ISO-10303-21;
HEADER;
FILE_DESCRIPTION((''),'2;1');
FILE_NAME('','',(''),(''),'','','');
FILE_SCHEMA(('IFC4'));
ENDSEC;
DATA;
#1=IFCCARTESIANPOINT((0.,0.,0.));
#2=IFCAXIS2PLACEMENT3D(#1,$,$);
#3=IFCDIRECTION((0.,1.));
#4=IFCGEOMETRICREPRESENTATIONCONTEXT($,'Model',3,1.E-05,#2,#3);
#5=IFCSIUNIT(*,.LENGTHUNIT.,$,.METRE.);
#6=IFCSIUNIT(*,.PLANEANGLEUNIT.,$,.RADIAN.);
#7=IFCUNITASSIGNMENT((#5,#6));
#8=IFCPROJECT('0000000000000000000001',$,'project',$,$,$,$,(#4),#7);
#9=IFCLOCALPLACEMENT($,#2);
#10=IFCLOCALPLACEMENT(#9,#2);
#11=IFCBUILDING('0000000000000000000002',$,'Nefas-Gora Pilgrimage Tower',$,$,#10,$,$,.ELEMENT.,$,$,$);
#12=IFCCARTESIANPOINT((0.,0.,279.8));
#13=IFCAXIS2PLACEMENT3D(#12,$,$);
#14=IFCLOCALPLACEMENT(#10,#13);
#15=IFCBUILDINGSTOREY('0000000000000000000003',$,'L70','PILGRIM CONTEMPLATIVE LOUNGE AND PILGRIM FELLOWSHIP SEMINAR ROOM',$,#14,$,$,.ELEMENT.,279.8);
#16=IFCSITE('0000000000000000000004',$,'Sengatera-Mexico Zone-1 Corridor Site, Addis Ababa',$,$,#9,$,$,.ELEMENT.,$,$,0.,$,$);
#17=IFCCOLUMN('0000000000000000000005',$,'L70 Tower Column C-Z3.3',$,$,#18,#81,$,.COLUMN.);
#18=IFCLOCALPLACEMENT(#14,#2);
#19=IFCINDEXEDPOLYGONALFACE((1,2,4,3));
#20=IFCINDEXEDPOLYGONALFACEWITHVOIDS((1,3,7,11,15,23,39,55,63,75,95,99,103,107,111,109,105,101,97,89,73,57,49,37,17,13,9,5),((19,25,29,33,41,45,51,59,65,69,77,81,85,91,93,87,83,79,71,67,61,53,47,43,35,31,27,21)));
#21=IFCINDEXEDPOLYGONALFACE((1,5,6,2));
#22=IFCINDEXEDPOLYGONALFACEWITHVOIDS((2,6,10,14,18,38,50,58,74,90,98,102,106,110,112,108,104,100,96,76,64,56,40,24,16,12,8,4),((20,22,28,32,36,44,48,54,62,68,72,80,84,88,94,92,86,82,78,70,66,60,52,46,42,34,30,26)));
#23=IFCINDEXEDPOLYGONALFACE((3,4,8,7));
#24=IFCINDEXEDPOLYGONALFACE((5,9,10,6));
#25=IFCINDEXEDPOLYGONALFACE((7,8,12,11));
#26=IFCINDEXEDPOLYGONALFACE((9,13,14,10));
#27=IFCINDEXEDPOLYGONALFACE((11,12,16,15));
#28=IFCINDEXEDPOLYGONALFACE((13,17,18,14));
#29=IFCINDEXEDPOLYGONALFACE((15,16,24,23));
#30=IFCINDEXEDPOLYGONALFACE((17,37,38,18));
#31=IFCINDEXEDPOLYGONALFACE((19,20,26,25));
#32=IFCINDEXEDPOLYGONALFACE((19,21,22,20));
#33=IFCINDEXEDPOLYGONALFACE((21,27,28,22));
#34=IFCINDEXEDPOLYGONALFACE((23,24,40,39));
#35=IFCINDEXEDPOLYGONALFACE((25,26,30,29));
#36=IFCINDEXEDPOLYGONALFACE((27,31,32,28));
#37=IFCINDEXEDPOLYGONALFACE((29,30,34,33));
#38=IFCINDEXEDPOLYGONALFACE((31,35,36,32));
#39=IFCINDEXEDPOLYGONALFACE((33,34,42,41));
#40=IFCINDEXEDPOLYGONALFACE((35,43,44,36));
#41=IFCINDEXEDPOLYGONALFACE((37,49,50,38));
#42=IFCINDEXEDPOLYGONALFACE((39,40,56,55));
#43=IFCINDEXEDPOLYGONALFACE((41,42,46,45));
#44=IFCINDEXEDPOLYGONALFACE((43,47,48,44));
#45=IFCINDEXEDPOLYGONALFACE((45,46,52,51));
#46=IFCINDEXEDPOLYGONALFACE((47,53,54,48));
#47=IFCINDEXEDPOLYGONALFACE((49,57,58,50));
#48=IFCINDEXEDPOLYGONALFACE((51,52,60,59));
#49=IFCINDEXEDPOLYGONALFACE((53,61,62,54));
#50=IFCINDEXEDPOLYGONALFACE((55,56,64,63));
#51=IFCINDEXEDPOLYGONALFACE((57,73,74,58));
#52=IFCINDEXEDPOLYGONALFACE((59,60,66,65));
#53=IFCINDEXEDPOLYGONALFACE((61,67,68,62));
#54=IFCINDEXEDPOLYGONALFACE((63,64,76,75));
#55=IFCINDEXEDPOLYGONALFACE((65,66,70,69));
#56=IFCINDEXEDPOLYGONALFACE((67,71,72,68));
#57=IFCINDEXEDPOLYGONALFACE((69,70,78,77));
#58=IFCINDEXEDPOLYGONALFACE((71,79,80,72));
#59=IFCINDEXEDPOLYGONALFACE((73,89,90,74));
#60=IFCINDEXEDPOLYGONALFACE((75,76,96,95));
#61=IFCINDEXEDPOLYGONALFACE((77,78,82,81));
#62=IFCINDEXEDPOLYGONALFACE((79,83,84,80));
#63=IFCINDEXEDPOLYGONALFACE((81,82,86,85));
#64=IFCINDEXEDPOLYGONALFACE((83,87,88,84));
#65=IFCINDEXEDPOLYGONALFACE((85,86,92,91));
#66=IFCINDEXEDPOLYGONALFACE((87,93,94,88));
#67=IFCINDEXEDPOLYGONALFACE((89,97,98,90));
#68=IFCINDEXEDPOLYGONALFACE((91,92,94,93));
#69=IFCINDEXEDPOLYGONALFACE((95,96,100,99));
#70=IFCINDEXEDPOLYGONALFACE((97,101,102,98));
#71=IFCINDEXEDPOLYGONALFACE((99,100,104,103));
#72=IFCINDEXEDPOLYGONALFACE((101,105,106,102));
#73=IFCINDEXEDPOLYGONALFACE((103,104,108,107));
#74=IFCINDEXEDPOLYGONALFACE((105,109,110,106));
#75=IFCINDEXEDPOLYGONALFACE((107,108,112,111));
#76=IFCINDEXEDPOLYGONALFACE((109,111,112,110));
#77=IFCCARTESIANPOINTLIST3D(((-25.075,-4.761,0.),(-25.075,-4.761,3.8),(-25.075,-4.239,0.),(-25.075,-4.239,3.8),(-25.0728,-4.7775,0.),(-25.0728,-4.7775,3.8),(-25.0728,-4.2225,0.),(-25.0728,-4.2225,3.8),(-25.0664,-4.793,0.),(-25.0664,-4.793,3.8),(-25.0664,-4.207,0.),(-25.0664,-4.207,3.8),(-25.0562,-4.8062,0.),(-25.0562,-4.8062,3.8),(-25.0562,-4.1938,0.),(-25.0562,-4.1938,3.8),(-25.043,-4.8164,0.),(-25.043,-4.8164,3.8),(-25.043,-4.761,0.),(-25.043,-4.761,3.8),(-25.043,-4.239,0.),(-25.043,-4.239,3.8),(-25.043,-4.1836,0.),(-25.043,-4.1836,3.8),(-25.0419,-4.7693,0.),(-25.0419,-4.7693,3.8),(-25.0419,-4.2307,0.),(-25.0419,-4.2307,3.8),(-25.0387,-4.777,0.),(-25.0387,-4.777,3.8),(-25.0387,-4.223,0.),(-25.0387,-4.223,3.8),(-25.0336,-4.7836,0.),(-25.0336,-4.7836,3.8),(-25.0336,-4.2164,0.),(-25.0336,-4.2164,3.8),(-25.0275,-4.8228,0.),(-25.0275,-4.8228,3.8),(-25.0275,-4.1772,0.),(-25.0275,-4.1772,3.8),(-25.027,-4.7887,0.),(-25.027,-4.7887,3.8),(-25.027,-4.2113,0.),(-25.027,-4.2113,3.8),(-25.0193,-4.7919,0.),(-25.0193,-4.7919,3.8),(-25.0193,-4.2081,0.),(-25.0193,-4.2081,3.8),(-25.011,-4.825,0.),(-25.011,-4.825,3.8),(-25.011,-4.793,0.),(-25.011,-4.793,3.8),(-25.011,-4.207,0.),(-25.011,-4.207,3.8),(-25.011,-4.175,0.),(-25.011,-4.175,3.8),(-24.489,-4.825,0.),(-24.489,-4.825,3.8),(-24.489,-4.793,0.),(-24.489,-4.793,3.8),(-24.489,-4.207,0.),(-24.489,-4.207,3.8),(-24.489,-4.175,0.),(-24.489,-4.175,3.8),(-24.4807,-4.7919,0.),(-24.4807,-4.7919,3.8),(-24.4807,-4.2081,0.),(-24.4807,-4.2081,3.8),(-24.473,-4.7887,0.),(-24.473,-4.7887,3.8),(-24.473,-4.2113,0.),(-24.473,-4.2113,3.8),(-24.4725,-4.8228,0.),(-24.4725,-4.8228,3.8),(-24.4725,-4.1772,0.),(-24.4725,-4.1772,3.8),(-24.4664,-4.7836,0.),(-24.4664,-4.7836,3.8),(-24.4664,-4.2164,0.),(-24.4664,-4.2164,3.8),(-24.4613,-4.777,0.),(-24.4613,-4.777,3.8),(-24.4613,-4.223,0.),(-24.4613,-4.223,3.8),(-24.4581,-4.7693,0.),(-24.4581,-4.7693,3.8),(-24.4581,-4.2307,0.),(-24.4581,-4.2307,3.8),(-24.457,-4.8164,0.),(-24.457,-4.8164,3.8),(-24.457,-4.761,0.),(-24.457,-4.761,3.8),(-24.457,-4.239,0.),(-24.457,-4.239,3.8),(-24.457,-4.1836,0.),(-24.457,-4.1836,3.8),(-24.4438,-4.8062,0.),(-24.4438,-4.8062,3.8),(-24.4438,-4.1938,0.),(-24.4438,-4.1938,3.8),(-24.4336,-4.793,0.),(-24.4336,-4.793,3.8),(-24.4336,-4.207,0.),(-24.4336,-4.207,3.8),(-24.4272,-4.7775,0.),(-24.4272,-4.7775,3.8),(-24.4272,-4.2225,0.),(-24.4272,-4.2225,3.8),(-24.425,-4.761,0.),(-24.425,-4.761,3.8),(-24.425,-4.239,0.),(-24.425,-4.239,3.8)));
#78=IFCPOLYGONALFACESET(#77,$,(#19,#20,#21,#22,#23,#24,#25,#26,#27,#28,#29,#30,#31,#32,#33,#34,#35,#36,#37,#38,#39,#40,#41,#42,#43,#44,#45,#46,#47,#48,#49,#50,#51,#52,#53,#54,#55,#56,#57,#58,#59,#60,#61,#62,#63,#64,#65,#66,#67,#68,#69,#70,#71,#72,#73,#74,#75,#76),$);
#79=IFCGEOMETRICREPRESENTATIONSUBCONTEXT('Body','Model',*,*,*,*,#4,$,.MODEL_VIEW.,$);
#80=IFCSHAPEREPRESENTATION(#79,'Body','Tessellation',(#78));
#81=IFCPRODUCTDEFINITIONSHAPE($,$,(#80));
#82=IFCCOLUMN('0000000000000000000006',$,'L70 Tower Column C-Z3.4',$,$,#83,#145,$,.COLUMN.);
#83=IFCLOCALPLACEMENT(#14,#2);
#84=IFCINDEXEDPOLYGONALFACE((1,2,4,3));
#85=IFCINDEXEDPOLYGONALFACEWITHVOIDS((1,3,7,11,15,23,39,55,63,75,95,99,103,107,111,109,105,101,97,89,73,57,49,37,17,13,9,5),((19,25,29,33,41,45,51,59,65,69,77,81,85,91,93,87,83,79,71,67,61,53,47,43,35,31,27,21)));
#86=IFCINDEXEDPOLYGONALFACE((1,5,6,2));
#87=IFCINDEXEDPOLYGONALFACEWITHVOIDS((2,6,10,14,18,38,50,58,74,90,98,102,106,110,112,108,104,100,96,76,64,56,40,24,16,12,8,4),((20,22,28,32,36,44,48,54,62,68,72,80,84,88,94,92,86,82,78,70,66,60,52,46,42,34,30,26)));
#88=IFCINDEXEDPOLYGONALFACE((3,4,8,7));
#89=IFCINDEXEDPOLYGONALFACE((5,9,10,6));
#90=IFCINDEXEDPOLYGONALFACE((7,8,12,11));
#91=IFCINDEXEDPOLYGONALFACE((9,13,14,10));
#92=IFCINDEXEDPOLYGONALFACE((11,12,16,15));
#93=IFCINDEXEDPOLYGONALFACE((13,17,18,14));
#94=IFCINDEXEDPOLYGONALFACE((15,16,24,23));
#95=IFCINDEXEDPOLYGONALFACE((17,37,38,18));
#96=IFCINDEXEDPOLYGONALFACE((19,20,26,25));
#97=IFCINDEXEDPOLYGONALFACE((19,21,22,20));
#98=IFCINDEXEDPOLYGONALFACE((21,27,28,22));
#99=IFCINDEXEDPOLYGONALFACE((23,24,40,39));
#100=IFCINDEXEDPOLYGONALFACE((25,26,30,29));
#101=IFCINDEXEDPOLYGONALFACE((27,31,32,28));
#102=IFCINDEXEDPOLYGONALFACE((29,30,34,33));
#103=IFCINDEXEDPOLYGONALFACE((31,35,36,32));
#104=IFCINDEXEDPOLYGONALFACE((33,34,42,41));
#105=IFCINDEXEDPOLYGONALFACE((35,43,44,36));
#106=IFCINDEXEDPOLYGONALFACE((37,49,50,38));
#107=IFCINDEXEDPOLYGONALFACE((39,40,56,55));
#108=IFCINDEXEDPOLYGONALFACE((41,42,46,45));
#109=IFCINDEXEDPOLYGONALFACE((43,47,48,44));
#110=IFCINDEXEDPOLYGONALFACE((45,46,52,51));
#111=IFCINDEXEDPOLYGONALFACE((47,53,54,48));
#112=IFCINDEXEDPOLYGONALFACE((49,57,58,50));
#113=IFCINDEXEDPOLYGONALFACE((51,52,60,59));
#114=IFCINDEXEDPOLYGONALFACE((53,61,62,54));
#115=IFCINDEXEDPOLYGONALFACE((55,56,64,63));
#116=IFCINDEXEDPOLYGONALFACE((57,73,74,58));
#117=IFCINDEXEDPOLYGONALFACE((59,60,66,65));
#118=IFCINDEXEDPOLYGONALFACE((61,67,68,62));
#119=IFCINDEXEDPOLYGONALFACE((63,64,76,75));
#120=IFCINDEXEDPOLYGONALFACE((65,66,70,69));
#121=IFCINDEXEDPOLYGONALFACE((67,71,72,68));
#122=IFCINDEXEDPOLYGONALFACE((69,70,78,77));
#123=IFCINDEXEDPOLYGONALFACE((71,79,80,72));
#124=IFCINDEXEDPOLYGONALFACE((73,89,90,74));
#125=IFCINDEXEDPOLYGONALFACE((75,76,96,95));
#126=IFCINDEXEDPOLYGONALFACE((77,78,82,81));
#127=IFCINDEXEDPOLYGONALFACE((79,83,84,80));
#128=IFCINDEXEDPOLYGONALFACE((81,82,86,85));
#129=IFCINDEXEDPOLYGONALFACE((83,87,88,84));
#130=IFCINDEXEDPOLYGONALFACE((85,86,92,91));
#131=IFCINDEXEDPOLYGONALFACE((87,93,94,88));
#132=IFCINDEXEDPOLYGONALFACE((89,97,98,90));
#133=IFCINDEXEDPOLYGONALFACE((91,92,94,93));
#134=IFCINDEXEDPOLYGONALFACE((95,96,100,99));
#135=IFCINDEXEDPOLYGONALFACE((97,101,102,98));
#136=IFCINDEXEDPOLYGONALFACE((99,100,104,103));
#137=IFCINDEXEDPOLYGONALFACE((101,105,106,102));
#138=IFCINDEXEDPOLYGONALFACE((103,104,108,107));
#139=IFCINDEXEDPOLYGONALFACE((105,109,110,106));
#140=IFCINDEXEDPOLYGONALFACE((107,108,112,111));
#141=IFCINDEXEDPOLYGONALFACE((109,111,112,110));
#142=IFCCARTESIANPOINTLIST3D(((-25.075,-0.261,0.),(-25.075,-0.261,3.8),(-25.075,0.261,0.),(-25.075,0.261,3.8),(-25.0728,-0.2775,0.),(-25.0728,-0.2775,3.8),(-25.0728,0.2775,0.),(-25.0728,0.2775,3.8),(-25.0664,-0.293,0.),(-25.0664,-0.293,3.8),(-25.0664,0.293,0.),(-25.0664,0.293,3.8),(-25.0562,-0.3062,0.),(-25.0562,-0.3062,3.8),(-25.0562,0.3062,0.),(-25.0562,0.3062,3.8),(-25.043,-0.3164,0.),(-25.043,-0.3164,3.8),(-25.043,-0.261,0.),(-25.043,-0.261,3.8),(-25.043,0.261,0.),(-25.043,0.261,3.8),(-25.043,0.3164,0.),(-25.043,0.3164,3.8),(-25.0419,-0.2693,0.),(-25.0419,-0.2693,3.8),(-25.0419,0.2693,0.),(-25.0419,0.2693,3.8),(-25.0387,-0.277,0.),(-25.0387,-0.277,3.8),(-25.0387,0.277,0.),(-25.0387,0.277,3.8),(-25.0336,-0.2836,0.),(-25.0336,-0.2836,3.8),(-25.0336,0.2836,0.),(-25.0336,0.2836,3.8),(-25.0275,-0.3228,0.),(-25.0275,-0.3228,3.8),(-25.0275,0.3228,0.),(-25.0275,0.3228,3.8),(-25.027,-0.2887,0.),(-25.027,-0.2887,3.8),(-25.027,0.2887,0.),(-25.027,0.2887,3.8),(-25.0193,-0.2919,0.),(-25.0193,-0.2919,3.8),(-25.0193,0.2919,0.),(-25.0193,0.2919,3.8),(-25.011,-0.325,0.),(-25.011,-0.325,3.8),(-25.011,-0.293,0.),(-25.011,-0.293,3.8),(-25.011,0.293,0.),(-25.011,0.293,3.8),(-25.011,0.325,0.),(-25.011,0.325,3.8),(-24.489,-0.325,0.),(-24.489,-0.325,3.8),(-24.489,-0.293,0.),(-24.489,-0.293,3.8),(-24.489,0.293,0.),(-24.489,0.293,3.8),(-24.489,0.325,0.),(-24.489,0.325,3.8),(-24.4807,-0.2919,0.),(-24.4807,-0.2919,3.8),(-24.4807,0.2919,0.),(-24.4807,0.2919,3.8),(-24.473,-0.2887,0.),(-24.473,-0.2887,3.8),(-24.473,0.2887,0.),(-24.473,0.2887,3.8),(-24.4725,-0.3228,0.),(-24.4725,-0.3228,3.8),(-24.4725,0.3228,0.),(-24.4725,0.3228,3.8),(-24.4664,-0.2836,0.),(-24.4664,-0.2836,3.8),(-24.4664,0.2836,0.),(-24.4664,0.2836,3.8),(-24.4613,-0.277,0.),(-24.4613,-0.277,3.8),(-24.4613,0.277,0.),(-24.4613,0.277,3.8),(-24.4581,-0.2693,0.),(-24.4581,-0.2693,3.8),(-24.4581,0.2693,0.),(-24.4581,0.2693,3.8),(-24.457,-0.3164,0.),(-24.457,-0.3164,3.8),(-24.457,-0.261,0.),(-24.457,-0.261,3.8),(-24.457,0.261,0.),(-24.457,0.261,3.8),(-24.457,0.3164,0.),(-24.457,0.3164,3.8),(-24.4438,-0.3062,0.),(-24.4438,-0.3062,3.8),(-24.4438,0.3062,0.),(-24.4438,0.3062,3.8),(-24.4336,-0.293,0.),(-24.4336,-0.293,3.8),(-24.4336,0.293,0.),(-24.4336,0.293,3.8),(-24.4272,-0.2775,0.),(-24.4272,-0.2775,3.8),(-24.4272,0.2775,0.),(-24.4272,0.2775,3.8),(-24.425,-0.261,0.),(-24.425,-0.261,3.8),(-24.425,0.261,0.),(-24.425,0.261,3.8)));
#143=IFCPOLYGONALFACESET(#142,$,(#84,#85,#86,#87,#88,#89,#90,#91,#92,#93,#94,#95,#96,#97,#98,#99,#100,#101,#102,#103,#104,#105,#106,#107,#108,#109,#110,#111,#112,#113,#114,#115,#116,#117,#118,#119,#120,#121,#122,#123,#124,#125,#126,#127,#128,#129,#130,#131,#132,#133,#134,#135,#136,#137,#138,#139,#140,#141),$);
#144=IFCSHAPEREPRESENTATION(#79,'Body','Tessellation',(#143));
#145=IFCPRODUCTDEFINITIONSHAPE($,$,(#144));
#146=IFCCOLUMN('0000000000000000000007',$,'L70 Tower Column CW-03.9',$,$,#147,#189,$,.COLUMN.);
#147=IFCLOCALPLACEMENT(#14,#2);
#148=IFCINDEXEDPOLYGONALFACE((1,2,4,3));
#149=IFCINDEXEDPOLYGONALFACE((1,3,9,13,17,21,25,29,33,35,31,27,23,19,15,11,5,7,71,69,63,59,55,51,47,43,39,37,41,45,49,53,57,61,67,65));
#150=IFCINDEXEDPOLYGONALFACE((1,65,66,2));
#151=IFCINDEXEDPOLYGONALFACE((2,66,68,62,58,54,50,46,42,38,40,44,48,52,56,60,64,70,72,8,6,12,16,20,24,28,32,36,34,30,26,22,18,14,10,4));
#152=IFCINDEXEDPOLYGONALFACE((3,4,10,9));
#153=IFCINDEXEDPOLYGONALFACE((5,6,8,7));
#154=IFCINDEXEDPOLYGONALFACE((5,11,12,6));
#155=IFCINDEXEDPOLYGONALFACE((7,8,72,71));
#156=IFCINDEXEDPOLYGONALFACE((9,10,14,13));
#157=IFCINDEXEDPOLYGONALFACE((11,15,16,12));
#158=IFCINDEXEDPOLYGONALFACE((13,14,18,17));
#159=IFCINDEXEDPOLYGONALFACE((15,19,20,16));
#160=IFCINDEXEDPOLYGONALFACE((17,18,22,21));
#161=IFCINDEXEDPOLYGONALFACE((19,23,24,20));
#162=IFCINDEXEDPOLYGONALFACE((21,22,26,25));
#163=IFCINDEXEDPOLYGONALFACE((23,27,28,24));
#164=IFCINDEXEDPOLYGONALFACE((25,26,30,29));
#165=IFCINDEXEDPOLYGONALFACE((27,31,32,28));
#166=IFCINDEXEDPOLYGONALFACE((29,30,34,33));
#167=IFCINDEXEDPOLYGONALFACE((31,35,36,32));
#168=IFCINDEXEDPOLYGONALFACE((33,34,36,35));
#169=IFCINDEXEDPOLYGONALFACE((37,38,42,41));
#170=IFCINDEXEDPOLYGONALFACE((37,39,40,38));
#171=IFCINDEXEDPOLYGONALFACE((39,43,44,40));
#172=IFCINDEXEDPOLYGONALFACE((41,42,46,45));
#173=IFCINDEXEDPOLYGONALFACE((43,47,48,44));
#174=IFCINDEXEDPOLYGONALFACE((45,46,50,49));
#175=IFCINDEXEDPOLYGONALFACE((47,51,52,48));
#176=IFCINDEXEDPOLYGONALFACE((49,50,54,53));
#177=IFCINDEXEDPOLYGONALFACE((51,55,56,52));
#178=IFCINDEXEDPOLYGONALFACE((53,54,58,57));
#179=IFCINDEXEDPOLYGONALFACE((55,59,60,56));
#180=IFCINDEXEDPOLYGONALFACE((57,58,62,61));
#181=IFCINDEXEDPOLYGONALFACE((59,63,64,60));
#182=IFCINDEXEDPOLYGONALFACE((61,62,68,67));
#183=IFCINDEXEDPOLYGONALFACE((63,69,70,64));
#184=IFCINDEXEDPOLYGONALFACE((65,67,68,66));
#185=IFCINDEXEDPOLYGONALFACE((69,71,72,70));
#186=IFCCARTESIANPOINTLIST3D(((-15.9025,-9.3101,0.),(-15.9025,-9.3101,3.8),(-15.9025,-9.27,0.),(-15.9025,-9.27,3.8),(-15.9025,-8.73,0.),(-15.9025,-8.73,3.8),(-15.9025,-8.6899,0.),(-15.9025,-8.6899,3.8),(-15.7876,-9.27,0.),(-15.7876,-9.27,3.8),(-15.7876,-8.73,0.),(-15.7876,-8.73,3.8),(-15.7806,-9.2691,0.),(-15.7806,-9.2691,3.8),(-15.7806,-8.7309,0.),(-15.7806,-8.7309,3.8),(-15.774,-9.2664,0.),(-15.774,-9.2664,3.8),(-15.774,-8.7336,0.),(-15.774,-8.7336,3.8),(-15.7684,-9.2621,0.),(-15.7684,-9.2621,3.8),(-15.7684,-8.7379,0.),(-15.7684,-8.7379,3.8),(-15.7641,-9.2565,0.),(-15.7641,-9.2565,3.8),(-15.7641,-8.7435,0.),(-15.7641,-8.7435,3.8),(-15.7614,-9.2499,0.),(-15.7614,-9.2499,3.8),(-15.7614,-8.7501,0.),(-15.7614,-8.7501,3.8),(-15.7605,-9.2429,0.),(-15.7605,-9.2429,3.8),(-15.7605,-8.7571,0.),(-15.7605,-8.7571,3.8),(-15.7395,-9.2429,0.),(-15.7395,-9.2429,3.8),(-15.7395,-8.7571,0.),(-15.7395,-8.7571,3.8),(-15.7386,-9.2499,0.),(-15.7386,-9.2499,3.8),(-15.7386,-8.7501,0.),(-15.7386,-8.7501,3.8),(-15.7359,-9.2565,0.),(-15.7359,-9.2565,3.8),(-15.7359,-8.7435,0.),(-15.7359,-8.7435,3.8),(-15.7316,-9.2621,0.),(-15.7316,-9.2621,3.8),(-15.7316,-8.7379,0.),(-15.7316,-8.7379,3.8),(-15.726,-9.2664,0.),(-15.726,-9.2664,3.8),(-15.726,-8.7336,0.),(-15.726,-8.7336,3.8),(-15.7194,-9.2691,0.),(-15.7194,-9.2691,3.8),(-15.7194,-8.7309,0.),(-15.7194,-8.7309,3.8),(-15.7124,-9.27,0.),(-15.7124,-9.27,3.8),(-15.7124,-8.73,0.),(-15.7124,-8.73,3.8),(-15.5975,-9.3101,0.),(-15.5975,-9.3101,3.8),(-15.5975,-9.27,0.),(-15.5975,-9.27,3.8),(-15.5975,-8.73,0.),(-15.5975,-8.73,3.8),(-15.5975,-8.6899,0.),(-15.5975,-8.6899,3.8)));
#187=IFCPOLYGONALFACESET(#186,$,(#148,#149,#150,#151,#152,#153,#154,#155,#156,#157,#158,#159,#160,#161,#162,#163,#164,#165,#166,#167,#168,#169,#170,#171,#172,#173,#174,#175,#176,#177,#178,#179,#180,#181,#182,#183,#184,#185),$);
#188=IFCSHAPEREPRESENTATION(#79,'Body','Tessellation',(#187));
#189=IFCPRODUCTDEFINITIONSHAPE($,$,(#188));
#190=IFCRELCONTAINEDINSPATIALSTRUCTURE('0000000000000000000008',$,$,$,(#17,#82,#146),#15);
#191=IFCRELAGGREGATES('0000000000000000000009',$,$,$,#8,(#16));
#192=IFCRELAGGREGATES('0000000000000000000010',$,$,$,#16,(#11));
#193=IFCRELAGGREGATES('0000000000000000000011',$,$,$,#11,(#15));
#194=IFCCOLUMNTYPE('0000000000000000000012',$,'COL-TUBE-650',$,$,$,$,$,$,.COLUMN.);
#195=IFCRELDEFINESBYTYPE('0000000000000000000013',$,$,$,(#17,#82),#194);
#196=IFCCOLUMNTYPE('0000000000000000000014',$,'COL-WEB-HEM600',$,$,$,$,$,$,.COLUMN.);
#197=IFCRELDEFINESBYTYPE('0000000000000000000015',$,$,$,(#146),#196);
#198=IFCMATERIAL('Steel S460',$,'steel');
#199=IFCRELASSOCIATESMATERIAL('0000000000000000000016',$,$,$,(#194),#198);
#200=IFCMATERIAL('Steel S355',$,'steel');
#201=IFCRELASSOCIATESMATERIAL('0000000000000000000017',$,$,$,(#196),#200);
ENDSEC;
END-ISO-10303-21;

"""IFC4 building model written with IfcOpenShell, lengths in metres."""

from ifc_helpers import new_model, si_unit, direction, frame, origin, origin_2d, place, context, subcontext, project, spatial, hollow_rectangle, i_section, extrude, source, transform, mapped, material, material_profile, profile_set, type_object, element, save


model = new_model("IFC4")

# Units and contexts
model_context = context("Model", 3, precision=1e-05, world=origin(), true_north=direction((0.0, 1.0)))
body_context = subcontext(model_context, "Body", "Model", "MODEL_VIEW")
ifc_project = project(units=[si_unit("LENGTHUNIT", "METRE"), si_unit("PLANEANGLEUNIT", "RADIAN")], contexts=[model_context])

# Site, building, storey
site_placement = place(None, origin())
site = spatial("IfcSite", under=ifc_project, at=site_placement, Name="Sengatera-Mexico Zone-1 Corridor Site, Addis Ababa", CompositionType="ELEMENT", RefElevation=0.0)
building_placement = place(site_placement, origin())
building = spatial("IfcBuilding", under=site, at=building_placement, Name="Nefas-Gora Pilgrimage Tower", CompositionType="ELEMENT")
storey_placement = place(building_placement, frame((0.0, 0.0, 279.8)))
storey = spatial("IfcBuildingStorey", under=building, at=storey_placement, Name="L70", Description="PILGRIM CONTEMPLATIVE LOUNGE AND PILGRIM FELLOWSHIP SEMINAR ROOM", CompositionType="ELEMENT", Elevation=279.8)

# Columns
ifc_material_1 = material(Name="Steel S460", Category="steel")
ifc_material_profile_1 = material_profile(ifc_material_1, hollow_rectangle(XDim=0.6499, YDim=0.6499, WallThickness=0.032, InnerFilletRadius=0.032, OuterFilletRadius=0.064, at=origin_2d()), Name="BOX 650x650x32")
ifc_profile_set_1 = profile_set([ifc_material_profile_1], Name="Steel S460")
column_type_1 = type_object("IfcColumnType", Name="COL-TUBE-650", PredefinedType="COLUMN", material=ifc_profile_set_1)
shared_shape_1 = source(origin(), body_context, "Body", "SweptSolid", [
    extrude(hollow_rectangle(XDim=0.6499, YDim=0.6499, WallThickness=0.032, InnerFilletRadius=0.032, OuterFilletRadius=0.064, at=origin_2d()), origin(), (0.0, 0.0, 1.0), 3.8),
])
for number, where, z_axis, x_axis, name in (
    (1, (-24.75, -4.5, 0.0), (0.0, 0.0, 1.0), (1.0, 0.0, 0.0), "L70 Tower Column C-Z3.3"),
    (2, (-24.75, 0.0, 0.0), (0.0, 0.0, 1.0), (1.0, 0.0, 0.0), "L70 Tower Column C-Z3.4"),
):
    element("IfcColumn", number, at=place(storey_placement, frame(where, z_axis=z_axis, x_axis=x_axis)), inside=storey, type_object=column_type_1, Name=name, PredefinedType="COLUMN", context=body_context, shape_type="MappedRepresentation", body=[
        mapped(shared_shape_1, transform((0.0, 0.0, 0.0), x_axis=(1.0, 0.0, 0.0), y_axis=(0.0, 1.0, 0.0), z_axis=(0.0, 0.0, 1.0), scale=1.0)),
    ])
ifc_material_2 = material(Name="Steel S355", Category="steel")
ifc_material_profile_2 = material_profile(ifc_material_2, i_section(OverallWidth=0.3049, OverallDepth=0.6201, WebThickness=0.021, FlangeThickness=0.04, FilletRadius=0.0271, at=origin_2d()), Name="HEM 600")
ifc_profile_set_2 = profile_set([ifc_material_profile_2], Name="Steel S355")
column_type_2 = type_object("IfcColumnType", Name="COL-WEB-HEM600", PredefinedType="COLUMN", material=ifc_profile_set_2)
shared_shape_2 = source(origin(), body_context, "Body", "SweptSolid", [
    extrude(i_section(OverallWidth=0.3049, OverallDepth=0.6201, WebThickness=0.021, FlangeThickness=0.04, FilletRadius=0.0271, at=origin_2d()), origin(), (0.0, 0.0, 1.0), 3.8),
])
for number, where, z_axis, x_axis, name in (
    (3, (-15.75, -9.0, 0.0), (0.0, 0.0, 1.0), (1.0, 0.0, 0.0), "L70 Tower Column CW-03.9"),
):
    element("IfcColumn", number, at=place(storey_placement, frame(where, z_axis=z_axis, x_axis=x_axis)), inside=storey, type_object=column_type_2, Name=name, PredefinedType="COLUMN", context=body_context, shape_type="MappedRepresentation", body=[
        mapped(shared_shape_2, transform((0.0, 0.0, 0.0), x_axis=(1.0, 0.0, 0.0), y_axis=(0.0, 1.0, 0.0), z_axis=(0.0, 0.0, 1.0), scale=1.0)),
    ])

save(model, "model.ifc")
